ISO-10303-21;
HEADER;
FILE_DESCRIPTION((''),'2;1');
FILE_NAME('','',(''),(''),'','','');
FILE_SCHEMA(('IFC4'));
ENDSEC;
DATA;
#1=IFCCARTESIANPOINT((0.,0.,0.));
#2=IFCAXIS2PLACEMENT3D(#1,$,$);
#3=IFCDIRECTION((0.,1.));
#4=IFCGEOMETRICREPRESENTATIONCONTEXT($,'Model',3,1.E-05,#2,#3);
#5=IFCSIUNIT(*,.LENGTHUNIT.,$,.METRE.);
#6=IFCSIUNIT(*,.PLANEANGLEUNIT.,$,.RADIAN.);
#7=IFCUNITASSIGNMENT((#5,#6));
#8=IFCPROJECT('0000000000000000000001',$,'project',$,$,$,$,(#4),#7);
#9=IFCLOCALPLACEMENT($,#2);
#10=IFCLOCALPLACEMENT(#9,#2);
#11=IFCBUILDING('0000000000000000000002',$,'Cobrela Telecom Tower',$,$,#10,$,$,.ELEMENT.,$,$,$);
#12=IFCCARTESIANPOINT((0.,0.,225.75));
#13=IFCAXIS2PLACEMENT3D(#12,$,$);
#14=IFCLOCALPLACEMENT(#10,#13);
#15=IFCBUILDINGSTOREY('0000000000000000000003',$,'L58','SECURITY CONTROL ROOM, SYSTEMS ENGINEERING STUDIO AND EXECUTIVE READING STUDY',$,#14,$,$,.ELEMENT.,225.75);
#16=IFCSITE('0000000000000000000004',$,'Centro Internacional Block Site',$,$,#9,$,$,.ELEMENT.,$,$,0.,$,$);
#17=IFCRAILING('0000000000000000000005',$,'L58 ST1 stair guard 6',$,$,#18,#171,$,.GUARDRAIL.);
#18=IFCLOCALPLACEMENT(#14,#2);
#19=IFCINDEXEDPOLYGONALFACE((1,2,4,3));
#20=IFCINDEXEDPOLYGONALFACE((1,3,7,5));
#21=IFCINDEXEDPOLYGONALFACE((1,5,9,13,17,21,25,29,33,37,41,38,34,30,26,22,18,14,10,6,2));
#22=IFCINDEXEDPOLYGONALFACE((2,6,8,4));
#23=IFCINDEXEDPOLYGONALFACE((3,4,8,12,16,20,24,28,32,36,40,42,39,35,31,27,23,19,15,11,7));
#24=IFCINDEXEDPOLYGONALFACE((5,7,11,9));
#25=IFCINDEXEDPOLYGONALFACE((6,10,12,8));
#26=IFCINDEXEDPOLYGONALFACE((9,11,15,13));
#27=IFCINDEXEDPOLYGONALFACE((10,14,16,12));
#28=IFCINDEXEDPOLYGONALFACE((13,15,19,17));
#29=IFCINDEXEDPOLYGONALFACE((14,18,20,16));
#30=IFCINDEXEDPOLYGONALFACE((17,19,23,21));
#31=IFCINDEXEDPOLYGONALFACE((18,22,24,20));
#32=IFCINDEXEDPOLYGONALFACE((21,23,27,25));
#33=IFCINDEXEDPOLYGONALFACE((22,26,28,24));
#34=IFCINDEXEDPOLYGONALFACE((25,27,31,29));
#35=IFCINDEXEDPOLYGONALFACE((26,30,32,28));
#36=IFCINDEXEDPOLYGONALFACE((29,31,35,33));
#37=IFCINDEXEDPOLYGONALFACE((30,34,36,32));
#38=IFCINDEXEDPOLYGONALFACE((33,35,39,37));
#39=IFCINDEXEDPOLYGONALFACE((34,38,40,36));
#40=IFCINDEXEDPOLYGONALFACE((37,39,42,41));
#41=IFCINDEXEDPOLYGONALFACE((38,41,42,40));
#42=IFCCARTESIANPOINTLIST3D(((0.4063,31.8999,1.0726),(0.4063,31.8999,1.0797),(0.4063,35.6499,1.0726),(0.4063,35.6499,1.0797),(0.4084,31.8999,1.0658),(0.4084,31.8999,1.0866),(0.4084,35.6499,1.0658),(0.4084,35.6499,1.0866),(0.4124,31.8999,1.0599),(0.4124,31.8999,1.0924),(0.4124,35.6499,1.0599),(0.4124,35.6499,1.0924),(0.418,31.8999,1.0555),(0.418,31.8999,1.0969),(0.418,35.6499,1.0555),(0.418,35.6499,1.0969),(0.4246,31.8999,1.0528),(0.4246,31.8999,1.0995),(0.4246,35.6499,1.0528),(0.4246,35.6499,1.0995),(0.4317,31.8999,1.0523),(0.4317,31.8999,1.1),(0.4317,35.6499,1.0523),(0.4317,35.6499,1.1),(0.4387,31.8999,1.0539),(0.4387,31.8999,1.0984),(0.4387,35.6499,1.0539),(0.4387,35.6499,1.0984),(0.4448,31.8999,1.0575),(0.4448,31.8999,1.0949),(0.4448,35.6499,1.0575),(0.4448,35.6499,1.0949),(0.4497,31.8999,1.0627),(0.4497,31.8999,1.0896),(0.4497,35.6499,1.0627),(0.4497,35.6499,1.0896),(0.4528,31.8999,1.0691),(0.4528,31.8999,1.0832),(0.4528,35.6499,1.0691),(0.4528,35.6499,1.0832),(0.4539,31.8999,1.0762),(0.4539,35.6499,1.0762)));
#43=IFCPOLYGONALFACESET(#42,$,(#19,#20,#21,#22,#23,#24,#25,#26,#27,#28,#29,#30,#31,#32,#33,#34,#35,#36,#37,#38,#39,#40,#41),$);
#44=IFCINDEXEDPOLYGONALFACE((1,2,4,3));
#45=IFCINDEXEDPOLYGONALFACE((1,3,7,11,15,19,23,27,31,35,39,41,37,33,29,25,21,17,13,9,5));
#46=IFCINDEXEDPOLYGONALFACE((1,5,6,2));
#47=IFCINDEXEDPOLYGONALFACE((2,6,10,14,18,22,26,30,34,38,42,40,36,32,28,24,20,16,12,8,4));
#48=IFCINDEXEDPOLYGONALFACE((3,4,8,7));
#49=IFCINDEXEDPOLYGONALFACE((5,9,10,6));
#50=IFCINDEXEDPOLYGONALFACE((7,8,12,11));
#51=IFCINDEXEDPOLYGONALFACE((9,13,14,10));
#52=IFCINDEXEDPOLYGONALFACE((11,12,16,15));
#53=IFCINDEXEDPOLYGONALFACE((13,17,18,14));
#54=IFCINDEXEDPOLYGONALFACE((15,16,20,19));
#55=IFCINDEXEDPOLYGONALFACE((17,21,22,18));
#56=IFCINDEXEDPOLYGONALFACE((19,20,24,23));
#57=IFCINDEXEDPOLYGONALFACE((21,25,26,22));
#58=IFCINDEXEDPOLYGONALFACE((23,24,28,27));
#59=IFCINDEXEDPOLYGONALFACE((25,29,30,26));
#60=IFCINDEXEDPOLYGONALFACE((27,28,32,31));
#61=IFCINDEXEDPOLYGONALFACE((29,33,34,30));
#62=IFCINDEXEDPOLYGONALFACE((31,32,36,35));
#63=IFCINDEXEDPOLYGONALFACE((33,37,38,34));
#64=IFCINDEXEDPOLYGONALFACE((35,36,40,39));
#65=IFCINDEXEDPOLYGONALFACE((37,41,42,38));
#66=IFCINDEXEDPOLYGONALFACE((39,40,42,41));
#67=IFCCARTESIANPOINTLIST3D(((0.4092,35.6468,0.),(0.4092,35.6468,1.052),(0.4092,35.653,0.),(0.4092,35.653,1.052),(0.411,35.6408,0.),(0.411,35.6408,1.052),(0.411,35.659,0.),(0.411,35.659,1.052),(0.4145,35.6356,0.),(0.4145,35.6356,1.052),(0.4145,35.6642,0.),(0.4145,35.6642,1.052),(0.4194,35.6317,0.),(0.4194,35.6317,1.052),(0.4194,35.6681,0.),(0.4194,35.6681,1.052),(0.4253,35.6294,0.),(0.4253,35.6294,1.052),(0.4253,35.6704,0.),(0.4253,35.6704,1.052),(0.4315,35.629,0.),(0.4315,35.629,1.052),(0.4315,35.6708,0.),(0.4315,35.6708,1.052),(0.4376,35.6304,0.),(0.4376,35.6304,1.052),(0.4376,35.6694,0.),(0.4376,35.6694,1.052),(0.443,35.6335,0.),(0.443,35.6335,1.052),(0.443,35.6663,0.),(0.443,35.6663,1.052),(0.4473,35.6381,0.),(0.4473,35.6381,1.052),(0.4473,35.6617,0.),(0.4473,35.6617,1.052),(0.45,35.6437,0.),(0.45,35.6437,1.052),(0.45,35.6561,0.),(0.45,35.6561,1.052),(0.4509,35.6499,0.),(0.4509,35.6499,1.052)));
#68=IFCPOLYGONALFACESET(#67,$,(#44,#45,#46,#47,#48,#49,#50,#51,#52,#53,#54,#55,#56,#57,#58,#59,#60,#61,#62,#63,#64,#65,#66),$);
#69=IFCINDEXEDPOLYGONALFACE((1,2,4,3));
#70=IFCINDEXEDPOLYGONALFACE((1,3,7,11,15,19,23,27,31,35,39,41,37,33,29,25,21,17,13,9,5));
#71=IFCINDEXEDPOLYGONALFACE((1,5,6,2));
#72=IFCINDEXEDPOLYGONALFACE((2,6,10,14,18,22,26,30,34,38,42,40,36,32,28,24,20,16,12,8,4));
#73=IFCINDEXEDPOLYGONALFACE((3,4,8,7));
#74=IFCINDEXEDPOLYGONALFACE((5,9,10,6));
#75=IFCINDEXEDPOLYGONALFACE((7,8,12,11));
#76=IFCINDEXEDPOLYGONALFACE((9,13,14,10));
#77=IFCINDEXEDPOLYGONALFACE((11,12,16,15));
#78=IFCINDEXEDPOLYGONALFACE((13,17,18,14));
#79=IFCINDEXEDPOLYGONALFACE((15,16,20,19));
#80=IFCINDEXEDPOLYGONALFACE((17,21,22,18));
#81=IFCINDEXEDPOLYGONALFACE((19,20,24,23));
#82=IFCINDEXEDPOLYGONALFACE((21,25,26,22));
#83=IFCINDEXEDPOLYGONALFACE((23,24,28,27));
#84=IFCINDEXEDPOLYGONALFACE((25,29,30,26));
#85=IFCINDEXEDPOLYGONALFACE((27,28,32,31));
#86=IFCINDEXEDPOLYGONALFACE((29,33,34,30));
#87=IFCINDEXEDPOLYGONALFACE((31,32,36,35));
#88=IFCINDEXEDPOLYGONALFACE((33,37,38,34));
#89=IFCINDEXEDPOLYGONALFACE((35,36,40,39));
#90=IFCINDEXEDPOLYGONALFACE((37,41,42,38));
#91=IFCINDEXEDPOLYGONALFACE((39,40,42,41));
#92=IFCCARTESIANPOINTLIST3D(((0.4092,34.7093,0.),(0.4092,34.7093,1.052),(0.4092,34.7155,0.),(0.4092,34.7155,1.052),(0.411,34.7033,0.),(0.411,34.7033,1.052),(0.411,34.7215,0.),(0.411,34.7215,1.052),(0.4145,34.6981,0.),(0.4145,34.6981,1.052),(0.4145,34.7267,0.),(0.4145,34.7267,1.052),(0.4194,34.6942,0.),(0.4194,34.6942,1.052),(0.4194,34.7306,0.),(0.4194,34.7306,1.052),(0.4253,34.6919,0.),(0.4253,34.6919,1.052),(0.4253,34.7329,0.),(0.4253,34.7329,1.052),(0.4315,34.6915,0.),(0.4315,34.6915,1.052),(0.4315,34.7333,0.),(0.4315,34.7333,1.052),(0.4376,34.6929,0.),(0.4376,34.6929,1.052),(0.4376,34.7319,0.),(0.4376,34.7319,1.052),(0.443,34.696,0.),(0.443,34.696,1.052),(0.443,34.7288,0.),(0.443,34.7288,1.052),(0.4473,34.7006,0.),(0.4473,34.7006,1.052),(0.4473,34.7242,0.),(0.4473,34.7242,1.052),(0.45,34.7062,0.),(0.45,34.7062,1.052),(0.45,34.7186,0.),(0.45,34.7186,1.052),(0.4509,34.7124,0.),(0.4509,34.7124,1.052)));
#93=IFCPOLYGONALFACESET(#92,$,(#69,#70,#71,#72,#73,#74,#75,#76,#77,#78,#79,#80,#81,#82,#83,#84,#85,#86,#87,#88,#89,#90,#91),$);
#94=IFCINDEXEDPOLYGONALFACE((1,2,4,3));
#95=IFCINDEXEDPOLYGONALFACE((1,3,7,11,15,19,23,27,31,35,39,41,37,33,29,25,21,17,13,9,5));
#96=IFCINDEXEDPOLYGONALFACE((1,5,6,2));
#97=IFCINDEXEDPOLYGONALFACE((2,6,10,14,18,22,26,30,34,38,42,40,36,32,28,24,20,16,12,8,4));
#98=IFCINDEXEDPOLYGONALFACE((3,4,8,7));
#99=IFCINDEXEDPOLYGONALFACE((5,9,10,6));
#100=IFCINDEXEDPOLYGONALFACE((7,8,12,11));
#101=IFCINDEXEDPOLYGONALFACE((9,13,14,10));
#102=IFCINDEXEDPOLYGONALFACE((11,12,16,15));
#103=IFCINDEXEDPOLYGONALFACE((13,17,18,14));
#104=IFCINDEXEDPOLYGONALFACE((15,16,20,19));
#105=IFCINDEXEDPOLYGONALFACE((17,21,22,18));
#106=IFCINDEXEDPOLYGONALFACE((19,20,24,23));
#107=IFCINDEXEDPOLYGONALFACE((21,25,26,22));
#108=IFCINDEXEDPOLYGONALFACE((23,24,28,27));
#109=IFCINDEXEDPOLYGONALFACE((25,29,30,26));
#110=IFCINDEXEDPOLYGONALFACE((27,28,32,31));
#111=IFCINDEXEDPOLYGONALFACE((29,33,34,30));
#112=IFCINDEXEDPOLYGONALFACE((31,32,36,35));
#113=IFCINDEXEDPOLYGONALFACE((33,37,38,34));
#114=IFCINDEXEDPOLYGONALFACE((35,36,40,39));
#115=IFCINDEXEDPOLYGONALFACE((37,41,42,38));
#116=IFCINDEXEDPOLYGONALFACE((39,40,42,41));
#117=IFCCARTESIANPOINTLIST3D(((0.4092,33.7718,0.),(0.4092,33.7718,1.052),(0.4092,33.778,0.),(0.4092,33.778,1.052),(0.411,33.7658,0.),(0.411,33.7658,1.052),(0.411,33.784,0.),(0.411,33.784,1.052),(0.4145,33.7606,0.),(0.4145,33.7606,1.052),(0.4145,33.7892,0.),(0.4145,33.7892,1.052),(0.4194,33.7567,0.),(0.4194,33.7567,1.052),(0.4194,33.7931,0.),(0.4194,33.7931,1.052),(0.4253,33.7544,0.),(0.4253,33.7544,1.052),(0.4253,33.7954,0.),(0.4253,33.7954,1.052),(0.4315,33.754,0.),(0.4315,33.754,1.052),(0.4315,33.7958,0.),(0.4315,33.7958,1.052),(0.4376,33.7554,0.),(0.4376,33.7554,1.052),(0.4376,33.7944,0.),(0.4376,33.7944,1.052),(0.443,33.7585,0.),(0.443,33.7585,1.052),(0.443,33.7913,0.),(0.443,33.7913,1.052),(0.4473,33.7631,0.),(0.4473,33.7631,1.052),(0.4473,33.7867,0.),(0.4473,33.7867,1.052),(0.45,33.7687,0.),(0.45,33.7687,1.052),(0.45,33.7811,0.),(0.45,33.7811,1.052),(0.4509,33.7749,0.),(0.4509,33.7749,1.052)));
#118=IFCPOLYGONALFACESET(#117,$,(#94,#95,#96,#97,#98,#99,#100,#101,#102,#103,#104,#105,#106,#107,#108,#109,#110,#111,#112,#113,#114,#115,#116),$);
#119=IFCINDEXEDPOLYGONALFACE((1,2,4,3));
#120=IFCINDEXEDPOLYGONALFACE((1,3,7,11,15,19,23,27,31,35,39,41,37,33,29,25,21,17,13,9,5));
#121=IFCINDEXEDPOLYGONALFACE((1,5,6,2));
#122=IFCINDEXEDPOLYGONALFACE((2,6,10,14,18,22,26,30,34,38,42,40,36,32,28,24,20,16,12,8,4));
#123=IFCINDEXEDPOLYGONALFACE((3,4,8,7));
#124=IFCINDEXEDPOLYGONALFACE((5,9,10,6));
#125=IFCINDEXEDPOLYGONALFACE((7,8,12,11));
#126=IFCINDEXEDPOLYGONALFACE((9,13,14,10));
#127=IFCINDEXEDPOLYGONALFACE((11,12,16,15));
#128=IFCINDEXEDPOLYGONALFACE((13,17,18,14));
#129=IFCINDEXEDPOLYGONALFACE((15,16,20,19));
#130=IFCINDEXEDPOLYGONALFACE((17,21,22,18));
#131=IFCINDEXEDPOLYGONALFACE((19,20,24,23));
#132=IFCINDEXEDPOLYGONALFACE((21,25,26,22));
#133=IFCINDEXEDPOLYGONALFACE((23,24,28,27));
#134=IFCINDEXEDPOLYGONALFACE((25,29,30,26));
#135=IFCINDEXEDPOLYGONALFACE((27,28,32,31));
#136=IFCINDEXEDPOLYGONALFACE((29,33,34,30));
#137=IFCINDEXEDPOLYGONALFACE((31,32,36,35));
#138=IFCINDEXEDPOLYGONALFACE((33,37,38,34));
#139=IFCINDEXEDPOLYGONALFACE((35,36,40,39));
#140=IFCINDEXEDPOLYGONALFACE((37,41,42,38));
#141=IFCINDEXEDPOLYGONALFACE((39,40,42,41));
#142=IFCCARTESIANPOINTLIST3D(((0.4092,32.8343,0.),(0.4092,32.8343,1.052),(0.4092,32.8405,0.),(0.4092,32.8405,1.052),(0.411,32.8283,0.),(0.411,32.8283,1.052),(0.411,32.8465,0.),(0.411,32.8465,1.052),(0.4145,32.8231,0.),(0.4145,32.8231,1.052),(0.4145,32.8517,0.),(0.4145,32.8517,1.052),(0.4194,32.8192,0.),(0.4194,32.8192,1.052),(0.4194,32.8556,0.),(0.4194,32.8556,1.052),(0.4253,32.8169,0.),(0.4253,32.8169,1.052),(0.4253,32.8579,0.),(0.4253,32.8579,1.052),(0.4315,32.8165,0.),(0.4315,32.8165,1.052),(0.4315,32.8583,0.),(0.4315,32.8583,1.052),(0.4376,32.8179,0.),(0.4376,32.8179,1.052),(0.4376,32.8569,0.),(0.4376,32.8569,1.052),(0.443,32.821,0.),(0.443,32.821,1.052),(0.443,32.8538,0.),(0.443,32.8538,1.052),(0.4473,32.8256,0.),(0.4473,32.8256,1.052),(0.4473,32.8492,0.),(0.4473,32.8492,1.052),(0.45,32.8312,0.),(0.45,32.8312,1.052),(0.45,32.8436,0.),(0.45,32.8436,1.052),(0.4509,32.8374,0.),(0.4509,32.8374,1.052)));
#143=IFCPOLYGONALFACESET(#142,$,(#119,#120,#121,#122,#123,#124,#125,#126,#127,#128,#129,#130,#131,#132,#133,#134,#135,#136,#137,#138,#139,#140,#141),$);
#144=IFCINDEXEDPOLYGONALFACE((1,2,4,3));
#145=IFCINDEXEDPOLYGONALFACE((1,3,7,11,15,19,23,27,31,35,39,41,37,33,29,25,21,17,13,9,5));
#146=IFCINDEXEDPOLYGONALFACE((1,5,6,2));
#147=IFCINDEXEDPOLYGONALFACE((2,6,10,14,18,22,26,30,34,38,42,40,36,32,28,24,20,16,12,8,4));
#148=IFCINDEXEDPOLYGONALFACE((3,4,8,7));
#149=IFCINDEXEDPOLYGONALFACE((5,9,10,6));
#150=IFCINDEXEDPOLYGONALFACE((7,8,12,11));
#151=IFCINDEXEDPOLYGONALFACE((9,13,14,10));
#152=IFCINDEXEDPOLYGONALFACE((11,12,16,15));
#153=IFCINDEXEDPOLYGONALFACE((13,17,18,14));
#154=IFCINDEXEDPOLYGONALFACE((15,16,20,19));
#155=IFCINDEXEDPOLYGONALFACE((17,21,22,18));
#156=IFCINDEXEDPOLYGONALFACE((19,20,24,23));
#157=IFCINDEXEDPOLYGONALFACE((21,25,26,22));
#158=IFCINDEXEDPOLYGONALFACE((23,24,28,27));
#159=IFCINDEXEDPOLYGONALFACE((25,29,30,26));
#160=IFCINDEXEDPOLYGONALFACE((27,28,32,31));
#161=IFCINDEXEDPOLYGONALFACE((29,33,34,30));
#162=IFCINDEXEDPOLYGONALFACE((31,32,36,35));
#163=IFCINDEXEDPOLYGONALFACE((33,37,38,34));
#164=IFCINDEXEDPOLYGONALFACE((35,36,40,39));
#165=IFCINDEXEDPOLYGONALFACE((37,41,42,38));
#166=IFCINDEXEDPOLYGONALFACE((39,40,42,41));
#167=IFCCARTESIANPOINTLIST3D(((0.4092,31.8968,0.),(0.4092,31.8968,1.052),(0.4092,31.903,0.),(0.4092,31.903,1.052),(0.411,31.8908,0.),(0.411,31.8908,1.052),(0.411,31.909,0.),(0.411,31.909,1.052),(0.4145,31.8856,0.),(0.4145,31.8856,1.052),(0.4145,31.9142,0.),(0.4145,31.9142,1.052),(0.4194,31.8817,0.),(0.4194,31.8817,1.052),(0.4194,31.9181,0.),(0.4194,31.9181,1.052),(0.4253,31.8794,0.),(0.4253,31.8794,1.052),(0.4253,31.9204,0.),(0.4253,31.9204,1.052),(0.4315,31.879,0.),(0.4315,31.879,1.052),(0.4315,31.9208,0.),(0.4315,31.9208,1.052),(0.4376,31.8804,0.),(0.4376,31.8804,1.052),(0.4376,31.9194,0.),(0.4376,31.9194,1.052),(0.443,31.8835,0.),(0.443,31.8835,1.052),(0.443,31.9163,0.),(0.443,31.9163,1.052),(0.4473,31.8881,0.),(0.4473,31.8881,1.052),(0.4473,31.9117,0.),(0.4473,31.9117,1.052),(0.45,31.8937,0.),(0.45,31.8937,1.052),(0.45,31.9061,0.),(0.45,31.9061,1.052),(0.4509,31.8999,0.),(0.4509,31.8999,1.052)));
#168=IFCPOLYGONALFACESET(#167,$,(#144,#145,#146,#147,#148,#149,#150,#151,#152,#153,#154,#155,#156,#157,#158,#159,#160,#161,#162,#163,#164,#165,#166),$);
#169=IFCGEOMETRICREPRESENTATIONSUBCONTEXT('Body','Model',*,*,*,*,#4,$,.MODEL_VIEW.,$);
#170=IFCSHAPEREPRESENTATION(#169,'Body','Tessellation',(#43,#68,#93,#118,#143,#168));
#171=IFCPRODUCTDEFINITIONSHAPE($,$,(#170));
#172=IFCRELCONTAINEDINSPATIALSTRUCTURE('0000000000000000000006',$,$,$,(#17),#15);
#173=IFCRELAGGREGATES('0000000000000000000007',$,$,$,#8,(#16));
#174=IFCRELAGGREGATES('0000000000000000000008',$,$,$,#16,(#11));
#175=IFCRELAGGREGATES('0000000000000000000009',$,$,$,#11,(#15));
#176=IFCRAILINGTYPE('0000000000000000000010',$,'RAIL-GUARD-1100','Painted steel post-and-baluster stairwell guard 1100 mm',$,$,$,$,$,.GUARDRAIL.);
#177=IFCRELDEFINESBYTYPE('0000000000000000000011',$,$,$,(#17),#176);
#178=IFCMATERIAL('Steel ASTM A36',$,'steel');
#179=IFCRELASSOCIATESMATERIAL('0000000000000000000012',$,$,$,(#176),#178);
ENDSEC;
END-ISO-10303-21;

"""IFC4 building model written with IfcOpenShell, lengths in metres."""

from ifc_helpers import new_model, si_unit, direction, frame, origin, origin_2d, place, context, subcontext, project, spatial, circle, extrude, material, type_object, element, save


model = new_model("IFC4")

# Units and contexts
model_context = context("Model", 3, precision=1e-05, world=origin(), true_north=direction((0.0, 1.0)))
body_context = subcontext(model_context, "Body", "Model", "MODEL_VIEW")
ifc_project = project(units=[si_unit("LENGTHUNIT", "METRE"), si_unit("PLANEANGLEUNIT", "RADIAN")], contexts=[model_context])

# Site, building, storey
site_placement = place(None, origin())
site = spatial("IfcSite", under=ifc_project, at=site_placement, Name="Centro Internacional Block Site", CompositionType="ELEMENT", RefElevation=0.0)
building_placement = place(site_placement, origin())
building = spatial("IfcBuilding", under=site, at=building_placement, Name="Cobrela Telecom Tower", CompositionType="ELEMENT")
storey_placement = place(building_placement, frame((0.0, 0.0, 225.75)))
storey = spatial("IfcBuildingStorey", under=building, at=storey_placement, Name="L58", Description="SECURITY CONTROL ROOM, SYSTEMS ENGINEERING STUDIO AND EXECUTIVE READING STUDY", CompositionType="ELEMENT", Elevation=225.75)

# Shared definitions
ifc_material_1 = material(Name="Steel ASTM A36", Category="steel")

# Railing
railing_type_1 = type_object("IfcRailingType", Name="RAIL-GUARD-1100", Description="Painted steel post-and-baluster stairwell guard 1100 mm", PredefinedType="GUARDRAIL", material=ifc_material_1)
railing_1_placement = place(storey_placement, frame((0.4299, 35.6499, 0.0)))
element("IfcRailing", 1, at=railing_1_placement, inside=storey, type_object=railing_type_1, Name="L58 ST1 stair guard 6", PredefinedType="GUARDRAIL", context=body_context, shape_type="SweptSolid", body=[
    extrude(circle(Radius=0.0239, at=origin_2d()), frame((0.0, 0.0, 1.0762), z_axis=(0.0, -1.0, 0.0), x_axis=(1.0, 0.0, 0.0)), (0.0, 0.0, 1.0), 3.75),
    extrude(circle(Radius=0.021, at=origin_2d()), origin(), (0.0, 0.0, 1.0), 1.052),
    extrude(circle(Radius=0.021, at=origin_2d()), frame((0.0, -0.9375, 0.0)), (0.0, 0.0, 1.0), 1.052),
    extrude(circle(Radius=0.021, at=origin_2d()), frame((0.0, -1.875, 0.0)), (0.0, 0.0, 1.0), 1.052),
    extrude(circle(Radius=0.021, at=origin_2d()), frame((0.0, -2.8125, 0.0)), (0.0, 0.0, 1.0), 1.052),
    extrude(circle(Radius=0.021, at=origin_2d()), frame((0.0, -3.75, 0.0)), (0.0, 0.0, 1.0), 1.052),
])

save(model, "model.ifc")
